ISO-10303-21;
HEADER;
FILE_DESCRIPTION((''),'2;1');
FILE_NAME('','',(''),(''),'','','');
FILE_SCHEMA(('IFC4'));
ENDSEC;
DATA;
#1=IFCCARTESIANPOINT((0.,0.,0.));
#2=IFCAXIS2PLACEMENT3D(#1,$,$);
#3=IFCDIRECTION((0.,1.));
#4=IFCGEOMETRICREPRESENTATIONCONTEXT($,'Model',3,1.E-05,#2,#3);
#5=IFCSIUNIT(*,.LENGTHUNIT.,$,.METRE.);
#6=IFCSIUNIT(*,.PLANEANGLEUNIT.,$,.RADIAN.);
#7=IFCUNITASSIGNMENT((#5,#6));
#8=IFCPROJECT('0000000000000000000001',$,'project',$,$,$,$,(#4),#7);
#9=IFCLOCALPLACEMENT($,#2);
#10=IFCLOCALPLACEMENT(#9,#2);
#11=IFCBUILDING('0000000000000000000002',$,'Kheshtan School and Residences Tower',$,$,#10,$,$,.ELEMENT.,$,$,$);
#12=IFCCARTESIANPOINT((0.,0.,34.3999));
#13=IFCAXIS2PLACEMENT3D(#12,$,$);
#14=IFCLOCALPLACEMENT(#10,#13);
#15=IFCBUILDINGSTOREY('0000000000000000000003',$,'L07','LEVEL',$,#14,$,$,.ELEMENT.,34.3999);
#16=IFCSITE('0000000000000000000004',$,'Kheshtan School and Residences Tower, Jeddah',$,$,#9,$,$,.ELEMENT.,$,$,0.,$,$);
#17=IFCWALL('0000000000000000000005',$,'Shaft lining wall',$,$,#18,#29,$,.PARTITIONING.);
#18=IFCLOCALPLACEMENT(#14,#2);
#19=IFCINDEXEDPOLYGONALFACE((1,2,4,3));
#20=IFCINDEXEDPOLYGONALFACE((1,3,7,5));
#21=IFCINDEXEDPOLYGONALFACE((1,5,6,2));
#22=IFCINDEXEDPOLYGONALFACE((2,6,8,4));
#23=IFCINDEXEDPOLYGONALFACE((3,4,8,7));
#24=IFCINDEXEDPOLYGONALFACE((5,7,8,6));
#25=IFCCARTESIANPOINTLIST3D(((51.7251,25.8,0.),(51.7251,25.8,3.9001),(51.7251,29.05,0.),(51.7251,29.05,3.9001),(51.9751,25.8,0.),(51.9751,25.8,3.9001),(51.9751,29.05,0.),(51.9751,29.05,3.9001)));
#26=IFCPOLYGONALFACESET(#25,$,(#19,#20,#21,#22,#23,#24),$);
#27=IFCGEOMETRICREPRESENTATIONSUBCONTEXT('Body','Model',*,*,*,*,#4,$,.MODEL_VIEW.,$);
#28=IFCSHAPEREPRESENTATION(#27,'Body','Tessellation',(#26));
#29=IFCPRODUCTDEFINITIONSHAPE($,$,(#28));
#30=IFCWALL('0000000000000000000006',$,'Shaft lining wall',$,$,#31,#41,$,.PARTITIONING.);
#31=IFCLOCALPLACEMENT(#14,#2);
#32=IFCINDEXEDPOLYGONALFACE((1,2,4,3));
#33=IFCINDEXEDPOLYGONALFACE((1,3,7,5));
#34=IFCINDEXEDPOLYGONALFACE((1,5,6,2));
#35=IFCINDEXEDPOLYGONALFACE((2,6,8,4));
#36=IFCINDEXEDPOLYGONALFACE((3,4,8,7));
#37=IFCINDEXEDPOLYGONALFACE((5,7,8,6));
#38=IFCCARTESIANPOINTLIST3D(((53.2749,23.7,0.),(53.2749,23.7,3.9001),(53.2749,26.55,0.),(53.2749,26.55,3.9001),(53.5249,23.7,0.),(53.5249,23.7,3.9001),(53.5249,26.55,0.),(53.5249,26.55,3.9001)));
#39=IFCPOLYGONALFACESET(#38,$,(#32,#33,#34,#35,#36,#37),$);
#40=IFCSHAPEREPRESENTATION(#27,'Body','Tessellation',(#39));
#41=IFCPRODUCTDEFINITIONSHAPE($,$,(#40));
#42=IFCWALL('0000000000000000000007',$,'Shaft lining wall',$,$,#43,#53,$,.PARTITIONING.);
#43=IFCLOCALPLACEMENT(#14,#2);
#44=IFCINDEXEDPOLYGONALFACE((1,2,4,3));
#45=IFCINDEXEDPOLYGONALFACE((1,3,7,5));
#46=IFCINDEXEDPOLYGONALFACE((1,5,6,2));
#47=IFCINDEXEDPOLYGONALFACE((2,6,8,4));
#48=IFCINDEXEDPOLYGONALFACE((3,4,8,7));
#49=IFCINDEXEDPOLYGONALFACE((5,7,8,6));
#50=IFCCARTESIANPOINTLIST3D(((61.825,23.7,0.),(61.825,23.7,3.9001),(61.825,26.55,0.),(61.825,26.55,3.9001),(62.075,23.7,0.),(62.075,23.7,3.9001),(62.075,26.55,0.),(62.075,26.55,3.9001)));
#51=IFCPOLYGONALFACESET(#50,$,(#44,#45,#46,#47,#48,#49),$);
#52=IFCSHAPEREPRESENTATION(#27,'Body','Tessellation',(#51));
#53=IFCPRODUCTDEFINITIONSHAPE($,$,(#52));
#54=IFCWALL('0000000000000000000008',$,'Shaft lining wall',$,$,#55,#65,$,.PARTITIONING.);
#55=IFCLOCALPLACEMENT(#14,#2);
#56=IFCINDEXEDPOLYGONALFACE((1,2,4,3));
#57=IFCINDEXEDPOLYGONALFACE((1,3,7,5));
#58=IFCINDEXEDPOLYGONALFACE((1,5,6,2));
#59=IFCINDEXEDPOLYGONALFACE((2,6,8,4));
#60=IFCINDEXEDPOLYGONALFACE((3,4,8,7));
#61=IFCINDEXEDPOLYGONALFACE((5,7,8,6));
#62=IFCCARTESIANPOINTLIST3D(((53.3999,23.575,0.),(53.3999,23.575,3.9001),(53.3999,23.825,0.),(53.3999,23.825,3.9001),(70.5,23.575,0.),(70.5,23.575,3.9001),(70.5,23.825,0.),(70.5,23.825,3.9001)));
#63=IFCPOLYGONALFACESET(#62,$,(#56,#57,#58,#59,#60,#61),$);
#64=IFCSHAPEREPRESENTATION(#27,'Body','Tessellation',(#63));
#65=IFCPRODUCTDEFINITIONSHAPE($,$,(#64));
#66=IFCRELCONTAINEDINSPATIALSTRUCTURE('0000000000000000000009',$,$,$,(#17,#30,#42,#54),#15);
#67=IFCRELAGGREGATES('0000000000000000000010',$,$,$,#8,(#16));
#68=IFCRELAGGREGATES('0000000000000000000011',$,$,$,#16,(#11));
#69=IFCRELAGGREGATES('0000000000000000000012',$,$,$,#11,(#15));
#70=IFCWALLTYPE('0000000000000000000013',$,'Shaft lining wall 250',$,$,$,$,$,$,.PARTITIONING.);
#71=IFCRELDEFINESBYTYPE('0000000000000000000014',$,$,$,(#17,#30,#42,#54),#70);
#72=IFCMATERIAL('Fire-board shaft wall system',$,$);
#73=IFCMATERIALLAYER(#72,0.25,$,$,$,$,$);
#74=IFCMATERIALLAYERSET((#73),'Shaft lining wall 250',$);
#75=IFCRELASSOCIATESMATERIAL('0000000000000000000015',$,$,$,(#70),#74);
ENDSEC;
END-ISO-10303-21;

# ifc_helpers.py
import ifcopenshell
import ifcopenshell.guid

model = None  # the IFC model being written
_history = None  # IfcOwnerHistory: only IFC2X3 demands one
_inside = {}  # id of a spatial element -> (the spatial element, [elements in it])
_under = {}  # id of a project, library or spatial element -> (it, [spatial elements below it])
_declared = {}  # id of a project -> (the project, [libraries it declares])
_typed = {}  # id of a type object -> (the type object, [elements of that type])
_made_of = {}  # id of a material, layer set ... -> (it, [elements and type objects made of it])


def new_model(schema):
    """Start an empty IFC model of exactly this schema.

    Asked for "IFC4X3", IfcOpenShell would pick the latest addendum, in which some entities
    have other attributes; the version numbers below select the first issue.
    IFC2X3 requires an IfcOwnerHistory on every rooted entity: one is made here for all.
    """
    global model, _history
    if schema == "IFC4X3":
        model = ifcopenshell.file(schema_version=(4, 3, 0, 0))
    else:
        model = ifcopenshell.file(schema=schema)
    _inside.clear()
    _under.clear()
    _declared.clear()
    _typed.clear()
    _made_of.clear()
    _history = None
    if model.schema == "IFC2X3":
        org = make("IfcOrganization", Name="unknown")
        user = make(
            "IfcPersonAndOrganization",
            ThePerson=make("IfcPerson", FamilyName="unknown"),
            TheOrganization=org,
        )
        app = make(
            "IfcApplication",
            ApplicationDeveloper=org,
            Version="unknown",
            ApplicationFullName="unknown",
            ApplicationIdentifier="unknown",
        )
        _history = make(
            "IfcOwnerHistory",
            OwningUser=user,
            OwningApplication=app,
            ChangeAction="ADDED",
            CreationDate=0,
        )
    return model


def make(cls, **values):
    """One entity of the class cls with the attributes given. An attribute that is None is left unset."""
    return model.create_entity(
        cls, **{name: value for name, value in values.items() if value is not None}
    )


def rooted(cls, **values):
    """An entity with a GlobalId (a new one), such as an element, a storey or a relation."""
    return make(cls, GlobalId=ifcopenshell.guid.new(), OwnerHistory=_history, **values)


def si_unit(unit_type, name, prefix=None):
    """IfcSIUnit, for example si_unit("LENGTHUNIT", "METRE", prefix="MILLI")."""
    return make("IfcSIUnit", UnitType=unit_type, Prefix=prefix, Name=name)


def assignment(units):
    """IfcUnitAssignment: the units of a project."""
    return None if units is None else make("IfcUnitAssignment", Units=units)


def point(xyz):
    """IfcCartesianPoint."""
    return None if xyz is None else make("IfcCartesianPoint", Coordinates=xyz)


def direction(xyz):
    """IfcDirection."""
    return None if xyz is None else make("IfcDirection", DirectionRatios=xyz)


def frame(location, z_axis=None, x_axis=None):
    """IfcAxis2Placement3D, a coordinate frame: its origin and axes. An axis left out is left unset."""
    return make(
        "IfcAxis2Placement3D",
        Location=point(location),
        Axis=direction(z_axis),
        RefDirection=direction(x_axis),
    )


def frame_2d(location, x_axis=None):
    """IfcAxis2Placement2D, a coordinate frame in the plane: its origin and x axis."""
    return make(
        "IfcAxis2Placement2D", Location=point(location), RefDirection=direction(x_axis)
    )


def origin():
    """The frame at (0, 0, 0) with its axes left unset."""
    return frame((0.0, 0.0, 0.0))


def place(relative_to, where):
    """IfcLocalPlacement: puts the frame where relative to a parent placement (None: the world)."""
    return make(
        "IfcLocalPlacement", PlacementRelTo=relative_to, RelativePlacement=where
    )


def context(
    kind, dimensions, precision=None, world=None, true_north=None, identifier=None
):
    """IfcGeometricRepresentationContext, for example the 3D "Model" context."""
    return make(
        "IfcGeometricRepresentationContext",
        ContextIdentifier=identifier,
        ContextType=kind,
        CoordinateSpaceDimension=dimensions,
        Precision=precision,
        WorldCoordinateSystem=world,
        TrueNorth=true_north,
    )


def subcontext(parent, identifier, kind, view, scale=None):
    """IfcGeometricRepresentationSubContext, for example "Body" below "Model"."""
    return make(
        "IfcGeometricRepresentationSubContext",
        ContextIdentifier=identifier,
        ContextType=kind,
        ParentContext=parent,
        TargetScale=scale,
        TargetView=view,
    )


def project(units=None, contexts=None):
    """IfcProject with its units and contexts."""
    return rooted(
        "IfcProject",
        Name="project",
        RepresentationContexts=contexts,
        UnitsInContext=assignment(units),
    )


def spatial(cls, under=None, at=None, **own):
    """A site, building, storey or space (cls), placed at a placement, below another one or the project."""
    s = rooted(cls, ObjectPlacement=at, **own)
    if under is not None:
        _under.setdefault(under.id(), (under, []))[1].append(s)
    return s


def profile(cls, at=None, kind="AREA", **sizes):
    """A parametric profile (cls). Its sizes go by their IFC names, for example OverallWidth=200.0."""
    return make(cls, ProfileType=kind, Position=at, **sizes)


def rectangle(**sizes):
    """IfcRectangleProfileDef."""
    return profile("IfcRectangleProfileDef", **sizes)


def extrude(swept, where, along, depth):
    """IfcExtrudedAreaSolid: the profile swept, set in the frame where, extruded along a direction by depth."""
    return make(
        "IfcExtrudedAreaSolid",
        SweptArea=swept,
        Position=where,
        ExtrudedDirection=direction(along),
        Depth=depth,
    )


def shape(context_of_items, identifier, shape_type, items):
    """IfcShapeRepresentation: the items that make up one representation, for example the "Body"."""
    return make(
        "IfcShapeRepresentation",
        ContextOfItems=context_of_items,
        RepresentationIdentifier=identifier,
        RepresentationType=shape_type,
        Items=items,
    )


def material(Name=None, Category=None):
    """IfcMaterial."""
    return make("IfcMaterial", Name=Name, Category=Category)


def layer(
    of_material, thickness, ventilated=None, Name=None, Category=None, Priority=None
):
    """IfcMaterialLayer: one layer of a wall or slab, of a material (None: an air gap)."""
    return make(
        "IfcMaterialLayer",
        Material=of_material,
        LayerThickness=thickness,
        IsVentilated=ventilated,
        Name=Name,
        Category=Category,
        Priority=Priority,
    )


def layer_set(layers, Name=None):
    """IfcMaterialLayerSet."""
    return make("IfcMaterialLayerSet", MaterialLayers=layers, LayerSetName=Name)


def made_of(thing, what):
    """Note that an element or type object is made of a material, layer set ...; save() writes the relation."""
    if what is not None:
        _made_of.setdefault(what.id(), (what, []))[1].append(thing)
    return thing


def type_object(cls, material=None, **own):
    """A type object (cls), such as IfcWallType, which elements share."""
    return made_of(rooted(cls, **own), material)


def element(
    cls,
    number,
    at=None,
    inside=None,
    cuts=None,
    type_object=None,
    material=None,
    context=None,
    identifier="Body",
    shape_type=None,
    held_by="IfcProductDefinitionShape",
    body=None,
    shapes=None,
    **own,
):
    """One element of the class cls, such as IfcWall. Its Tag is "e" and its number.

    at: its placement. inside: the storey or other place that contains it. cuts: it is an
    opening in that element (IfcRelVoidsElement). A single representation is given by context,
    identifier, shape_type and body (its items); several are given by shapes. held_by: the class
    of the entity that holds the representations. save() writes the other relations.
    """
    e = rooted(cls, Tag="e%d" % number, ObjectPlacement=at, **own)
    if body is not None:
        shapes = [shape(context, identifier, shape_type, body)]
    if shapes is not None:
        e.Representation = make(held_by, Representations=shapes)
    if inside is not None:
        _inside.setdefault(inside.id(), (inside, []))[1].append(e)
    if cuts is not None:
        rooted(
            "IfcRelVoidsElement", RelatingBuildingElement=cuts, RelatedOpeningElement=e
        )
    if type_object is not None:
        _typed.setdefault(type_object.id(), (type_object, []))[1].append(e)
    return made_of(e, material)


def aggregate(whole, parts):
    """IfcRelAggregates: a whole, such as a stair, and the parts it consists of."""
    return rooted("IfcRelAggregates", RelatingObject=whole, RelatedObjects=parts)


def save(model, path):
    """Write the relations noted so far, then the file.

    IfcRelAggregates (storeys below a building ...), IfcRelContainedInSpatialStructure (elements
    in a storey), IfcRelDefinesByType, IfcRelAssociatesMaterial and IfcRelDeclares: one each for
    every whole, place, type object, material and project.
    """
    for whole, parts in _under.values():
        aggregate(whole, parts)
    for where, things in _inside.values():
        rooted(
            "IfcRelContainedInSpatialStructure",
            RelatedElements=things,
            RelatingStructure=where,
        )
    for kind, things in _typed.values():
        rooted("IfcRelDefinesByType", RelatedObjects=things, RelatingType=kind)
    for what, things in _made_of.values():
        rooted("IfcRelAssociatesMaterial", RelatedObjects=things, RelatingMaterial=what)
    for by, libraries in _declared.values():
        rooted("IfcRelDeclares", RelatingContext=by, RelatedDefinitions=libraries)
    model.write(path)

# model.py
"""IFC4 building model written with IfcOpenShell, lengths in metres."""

from ifc_helpers import new_model, si_unit, direction, frame, frame_2d, origin, place, context, subcontext, project, spatial, rectangle, extrude, material, layer, layer_set, type_object, element, save


model = new_model("IFC4")

# Units and contexts
model_context = context("Model", 3, precision=1e-05, world=origin(), true_north=direction((0.0, 1.0)))
body_context = subcontext(model_context, "Body", "Model", "MODEL_VIEW")
ifc_project = project(units=[si_unit("LENGTHUNIT", "METRE"), si_unit("PLANEANGLEUNIT", "RADIAN")], contexts=[model_context])

# Site, building, storey
site_placement = place(None, origin())
site = spatial("IfcSite", under=ifc_project, at=site_placement, Name="Kheshtan School and Residences Tower, Jeddah", CompositionType="ELEMENT", RefElevation=0.0)
building_placement = place(site_placement, origin())
building = spatial("IfcBuilding", under=site, at=building_placement, Name="Kheshtan School and Residences Tower", CompositionType="ELEMENT")
storey_placement = place(building_placement, frame((0.0, 0.0, 34.3999)))
storey = spatial("IfcBuildingStorey", under=building, at=storey_placement, Name="L07", Description="LEVEL", CompositionType="ELEMENT", Elevation=34.3999)

# Walls
ifc_material_1 = material(Name="Fire-board shaft wall system")
ifc_layer = layer(ifc_material_1, 0.25)
ifc_layer_set = layer_set([ifc_layer], Name="Shaft lining wall 250")
wall_type = type_object("IfcWallType", Name="Shaft lining wall 250", PredefinedType="PARTITIONING", material=ifc_layer_set)
wall_1_placement = place(storey_placement, frame((51.8501, 25.8, 0.0), z_axis=(0.0, 0.0, 1.0), x_axis=(0.0, 1.0, 0.0)))
element("IfcWall", 1, at=wall_1_placement, inside=storey, type_object=wall_type, Name="Shaft lining wall", PredefinedType="PARTITIONING", context=body_context, shape_type="SweptSolid", body=[
    extrude(rectangle(XDim=3.25, YDim=0.25, at=frame_2d((1.625, 0.0))), origin(), (0.0, 0.0, 1.0), 3.9001),
])
for number, where, z_axis, x_axis, name in (
    (2, (53.3999, 23.7, 0.0), (0.0, 0.0, 1.0), (0.0, 1.0, 0.0), "Shaft lining wall"),
    (3, (61.95, 23.7, 0.0), (0.0, 0.0, 1.0), (0.0, 1.0, 0.0), "Shaft lining wall"),
):
    element("IfcWall", number, at=place(storey_placement, frame(where, z_axis=z_axis, x_axis=x_axis)), inside=storey, type_object=wall_type, Name=name, PredefinedType="PARTITIONING", context=body_context, shape_type="SweptSolid", body=[
        extrude(rectangle(XDim=2.8501, YDim=0.25, at=frame_2d((1.425, 0.0))), origin(), (0.0, 0.0, 1.0), 3.9001),
    ])
wall_2_placement = place(storey_placement, frame((53.3999, 23.7, 0.0), z_axis=(0.0, 0.0, 1.0), x_axis=(1.0, 0.0, 0.0)))
element("IfcWall", 4, at=wall_2_placement, inside=storey, type_object=wall_type, Name="Shaft lining wall", PredefinedType="PARTITIONING", context=body_context, shape_type="SweptSolid", body=[
    extrude(rectangle(XDim=17.1001, YDim=0.25, at=frame_2d((8.55, 0.0))), origin(), (0.0, 0.0, 1.0), 3.9001),
])

save(model, "model.ifc")
